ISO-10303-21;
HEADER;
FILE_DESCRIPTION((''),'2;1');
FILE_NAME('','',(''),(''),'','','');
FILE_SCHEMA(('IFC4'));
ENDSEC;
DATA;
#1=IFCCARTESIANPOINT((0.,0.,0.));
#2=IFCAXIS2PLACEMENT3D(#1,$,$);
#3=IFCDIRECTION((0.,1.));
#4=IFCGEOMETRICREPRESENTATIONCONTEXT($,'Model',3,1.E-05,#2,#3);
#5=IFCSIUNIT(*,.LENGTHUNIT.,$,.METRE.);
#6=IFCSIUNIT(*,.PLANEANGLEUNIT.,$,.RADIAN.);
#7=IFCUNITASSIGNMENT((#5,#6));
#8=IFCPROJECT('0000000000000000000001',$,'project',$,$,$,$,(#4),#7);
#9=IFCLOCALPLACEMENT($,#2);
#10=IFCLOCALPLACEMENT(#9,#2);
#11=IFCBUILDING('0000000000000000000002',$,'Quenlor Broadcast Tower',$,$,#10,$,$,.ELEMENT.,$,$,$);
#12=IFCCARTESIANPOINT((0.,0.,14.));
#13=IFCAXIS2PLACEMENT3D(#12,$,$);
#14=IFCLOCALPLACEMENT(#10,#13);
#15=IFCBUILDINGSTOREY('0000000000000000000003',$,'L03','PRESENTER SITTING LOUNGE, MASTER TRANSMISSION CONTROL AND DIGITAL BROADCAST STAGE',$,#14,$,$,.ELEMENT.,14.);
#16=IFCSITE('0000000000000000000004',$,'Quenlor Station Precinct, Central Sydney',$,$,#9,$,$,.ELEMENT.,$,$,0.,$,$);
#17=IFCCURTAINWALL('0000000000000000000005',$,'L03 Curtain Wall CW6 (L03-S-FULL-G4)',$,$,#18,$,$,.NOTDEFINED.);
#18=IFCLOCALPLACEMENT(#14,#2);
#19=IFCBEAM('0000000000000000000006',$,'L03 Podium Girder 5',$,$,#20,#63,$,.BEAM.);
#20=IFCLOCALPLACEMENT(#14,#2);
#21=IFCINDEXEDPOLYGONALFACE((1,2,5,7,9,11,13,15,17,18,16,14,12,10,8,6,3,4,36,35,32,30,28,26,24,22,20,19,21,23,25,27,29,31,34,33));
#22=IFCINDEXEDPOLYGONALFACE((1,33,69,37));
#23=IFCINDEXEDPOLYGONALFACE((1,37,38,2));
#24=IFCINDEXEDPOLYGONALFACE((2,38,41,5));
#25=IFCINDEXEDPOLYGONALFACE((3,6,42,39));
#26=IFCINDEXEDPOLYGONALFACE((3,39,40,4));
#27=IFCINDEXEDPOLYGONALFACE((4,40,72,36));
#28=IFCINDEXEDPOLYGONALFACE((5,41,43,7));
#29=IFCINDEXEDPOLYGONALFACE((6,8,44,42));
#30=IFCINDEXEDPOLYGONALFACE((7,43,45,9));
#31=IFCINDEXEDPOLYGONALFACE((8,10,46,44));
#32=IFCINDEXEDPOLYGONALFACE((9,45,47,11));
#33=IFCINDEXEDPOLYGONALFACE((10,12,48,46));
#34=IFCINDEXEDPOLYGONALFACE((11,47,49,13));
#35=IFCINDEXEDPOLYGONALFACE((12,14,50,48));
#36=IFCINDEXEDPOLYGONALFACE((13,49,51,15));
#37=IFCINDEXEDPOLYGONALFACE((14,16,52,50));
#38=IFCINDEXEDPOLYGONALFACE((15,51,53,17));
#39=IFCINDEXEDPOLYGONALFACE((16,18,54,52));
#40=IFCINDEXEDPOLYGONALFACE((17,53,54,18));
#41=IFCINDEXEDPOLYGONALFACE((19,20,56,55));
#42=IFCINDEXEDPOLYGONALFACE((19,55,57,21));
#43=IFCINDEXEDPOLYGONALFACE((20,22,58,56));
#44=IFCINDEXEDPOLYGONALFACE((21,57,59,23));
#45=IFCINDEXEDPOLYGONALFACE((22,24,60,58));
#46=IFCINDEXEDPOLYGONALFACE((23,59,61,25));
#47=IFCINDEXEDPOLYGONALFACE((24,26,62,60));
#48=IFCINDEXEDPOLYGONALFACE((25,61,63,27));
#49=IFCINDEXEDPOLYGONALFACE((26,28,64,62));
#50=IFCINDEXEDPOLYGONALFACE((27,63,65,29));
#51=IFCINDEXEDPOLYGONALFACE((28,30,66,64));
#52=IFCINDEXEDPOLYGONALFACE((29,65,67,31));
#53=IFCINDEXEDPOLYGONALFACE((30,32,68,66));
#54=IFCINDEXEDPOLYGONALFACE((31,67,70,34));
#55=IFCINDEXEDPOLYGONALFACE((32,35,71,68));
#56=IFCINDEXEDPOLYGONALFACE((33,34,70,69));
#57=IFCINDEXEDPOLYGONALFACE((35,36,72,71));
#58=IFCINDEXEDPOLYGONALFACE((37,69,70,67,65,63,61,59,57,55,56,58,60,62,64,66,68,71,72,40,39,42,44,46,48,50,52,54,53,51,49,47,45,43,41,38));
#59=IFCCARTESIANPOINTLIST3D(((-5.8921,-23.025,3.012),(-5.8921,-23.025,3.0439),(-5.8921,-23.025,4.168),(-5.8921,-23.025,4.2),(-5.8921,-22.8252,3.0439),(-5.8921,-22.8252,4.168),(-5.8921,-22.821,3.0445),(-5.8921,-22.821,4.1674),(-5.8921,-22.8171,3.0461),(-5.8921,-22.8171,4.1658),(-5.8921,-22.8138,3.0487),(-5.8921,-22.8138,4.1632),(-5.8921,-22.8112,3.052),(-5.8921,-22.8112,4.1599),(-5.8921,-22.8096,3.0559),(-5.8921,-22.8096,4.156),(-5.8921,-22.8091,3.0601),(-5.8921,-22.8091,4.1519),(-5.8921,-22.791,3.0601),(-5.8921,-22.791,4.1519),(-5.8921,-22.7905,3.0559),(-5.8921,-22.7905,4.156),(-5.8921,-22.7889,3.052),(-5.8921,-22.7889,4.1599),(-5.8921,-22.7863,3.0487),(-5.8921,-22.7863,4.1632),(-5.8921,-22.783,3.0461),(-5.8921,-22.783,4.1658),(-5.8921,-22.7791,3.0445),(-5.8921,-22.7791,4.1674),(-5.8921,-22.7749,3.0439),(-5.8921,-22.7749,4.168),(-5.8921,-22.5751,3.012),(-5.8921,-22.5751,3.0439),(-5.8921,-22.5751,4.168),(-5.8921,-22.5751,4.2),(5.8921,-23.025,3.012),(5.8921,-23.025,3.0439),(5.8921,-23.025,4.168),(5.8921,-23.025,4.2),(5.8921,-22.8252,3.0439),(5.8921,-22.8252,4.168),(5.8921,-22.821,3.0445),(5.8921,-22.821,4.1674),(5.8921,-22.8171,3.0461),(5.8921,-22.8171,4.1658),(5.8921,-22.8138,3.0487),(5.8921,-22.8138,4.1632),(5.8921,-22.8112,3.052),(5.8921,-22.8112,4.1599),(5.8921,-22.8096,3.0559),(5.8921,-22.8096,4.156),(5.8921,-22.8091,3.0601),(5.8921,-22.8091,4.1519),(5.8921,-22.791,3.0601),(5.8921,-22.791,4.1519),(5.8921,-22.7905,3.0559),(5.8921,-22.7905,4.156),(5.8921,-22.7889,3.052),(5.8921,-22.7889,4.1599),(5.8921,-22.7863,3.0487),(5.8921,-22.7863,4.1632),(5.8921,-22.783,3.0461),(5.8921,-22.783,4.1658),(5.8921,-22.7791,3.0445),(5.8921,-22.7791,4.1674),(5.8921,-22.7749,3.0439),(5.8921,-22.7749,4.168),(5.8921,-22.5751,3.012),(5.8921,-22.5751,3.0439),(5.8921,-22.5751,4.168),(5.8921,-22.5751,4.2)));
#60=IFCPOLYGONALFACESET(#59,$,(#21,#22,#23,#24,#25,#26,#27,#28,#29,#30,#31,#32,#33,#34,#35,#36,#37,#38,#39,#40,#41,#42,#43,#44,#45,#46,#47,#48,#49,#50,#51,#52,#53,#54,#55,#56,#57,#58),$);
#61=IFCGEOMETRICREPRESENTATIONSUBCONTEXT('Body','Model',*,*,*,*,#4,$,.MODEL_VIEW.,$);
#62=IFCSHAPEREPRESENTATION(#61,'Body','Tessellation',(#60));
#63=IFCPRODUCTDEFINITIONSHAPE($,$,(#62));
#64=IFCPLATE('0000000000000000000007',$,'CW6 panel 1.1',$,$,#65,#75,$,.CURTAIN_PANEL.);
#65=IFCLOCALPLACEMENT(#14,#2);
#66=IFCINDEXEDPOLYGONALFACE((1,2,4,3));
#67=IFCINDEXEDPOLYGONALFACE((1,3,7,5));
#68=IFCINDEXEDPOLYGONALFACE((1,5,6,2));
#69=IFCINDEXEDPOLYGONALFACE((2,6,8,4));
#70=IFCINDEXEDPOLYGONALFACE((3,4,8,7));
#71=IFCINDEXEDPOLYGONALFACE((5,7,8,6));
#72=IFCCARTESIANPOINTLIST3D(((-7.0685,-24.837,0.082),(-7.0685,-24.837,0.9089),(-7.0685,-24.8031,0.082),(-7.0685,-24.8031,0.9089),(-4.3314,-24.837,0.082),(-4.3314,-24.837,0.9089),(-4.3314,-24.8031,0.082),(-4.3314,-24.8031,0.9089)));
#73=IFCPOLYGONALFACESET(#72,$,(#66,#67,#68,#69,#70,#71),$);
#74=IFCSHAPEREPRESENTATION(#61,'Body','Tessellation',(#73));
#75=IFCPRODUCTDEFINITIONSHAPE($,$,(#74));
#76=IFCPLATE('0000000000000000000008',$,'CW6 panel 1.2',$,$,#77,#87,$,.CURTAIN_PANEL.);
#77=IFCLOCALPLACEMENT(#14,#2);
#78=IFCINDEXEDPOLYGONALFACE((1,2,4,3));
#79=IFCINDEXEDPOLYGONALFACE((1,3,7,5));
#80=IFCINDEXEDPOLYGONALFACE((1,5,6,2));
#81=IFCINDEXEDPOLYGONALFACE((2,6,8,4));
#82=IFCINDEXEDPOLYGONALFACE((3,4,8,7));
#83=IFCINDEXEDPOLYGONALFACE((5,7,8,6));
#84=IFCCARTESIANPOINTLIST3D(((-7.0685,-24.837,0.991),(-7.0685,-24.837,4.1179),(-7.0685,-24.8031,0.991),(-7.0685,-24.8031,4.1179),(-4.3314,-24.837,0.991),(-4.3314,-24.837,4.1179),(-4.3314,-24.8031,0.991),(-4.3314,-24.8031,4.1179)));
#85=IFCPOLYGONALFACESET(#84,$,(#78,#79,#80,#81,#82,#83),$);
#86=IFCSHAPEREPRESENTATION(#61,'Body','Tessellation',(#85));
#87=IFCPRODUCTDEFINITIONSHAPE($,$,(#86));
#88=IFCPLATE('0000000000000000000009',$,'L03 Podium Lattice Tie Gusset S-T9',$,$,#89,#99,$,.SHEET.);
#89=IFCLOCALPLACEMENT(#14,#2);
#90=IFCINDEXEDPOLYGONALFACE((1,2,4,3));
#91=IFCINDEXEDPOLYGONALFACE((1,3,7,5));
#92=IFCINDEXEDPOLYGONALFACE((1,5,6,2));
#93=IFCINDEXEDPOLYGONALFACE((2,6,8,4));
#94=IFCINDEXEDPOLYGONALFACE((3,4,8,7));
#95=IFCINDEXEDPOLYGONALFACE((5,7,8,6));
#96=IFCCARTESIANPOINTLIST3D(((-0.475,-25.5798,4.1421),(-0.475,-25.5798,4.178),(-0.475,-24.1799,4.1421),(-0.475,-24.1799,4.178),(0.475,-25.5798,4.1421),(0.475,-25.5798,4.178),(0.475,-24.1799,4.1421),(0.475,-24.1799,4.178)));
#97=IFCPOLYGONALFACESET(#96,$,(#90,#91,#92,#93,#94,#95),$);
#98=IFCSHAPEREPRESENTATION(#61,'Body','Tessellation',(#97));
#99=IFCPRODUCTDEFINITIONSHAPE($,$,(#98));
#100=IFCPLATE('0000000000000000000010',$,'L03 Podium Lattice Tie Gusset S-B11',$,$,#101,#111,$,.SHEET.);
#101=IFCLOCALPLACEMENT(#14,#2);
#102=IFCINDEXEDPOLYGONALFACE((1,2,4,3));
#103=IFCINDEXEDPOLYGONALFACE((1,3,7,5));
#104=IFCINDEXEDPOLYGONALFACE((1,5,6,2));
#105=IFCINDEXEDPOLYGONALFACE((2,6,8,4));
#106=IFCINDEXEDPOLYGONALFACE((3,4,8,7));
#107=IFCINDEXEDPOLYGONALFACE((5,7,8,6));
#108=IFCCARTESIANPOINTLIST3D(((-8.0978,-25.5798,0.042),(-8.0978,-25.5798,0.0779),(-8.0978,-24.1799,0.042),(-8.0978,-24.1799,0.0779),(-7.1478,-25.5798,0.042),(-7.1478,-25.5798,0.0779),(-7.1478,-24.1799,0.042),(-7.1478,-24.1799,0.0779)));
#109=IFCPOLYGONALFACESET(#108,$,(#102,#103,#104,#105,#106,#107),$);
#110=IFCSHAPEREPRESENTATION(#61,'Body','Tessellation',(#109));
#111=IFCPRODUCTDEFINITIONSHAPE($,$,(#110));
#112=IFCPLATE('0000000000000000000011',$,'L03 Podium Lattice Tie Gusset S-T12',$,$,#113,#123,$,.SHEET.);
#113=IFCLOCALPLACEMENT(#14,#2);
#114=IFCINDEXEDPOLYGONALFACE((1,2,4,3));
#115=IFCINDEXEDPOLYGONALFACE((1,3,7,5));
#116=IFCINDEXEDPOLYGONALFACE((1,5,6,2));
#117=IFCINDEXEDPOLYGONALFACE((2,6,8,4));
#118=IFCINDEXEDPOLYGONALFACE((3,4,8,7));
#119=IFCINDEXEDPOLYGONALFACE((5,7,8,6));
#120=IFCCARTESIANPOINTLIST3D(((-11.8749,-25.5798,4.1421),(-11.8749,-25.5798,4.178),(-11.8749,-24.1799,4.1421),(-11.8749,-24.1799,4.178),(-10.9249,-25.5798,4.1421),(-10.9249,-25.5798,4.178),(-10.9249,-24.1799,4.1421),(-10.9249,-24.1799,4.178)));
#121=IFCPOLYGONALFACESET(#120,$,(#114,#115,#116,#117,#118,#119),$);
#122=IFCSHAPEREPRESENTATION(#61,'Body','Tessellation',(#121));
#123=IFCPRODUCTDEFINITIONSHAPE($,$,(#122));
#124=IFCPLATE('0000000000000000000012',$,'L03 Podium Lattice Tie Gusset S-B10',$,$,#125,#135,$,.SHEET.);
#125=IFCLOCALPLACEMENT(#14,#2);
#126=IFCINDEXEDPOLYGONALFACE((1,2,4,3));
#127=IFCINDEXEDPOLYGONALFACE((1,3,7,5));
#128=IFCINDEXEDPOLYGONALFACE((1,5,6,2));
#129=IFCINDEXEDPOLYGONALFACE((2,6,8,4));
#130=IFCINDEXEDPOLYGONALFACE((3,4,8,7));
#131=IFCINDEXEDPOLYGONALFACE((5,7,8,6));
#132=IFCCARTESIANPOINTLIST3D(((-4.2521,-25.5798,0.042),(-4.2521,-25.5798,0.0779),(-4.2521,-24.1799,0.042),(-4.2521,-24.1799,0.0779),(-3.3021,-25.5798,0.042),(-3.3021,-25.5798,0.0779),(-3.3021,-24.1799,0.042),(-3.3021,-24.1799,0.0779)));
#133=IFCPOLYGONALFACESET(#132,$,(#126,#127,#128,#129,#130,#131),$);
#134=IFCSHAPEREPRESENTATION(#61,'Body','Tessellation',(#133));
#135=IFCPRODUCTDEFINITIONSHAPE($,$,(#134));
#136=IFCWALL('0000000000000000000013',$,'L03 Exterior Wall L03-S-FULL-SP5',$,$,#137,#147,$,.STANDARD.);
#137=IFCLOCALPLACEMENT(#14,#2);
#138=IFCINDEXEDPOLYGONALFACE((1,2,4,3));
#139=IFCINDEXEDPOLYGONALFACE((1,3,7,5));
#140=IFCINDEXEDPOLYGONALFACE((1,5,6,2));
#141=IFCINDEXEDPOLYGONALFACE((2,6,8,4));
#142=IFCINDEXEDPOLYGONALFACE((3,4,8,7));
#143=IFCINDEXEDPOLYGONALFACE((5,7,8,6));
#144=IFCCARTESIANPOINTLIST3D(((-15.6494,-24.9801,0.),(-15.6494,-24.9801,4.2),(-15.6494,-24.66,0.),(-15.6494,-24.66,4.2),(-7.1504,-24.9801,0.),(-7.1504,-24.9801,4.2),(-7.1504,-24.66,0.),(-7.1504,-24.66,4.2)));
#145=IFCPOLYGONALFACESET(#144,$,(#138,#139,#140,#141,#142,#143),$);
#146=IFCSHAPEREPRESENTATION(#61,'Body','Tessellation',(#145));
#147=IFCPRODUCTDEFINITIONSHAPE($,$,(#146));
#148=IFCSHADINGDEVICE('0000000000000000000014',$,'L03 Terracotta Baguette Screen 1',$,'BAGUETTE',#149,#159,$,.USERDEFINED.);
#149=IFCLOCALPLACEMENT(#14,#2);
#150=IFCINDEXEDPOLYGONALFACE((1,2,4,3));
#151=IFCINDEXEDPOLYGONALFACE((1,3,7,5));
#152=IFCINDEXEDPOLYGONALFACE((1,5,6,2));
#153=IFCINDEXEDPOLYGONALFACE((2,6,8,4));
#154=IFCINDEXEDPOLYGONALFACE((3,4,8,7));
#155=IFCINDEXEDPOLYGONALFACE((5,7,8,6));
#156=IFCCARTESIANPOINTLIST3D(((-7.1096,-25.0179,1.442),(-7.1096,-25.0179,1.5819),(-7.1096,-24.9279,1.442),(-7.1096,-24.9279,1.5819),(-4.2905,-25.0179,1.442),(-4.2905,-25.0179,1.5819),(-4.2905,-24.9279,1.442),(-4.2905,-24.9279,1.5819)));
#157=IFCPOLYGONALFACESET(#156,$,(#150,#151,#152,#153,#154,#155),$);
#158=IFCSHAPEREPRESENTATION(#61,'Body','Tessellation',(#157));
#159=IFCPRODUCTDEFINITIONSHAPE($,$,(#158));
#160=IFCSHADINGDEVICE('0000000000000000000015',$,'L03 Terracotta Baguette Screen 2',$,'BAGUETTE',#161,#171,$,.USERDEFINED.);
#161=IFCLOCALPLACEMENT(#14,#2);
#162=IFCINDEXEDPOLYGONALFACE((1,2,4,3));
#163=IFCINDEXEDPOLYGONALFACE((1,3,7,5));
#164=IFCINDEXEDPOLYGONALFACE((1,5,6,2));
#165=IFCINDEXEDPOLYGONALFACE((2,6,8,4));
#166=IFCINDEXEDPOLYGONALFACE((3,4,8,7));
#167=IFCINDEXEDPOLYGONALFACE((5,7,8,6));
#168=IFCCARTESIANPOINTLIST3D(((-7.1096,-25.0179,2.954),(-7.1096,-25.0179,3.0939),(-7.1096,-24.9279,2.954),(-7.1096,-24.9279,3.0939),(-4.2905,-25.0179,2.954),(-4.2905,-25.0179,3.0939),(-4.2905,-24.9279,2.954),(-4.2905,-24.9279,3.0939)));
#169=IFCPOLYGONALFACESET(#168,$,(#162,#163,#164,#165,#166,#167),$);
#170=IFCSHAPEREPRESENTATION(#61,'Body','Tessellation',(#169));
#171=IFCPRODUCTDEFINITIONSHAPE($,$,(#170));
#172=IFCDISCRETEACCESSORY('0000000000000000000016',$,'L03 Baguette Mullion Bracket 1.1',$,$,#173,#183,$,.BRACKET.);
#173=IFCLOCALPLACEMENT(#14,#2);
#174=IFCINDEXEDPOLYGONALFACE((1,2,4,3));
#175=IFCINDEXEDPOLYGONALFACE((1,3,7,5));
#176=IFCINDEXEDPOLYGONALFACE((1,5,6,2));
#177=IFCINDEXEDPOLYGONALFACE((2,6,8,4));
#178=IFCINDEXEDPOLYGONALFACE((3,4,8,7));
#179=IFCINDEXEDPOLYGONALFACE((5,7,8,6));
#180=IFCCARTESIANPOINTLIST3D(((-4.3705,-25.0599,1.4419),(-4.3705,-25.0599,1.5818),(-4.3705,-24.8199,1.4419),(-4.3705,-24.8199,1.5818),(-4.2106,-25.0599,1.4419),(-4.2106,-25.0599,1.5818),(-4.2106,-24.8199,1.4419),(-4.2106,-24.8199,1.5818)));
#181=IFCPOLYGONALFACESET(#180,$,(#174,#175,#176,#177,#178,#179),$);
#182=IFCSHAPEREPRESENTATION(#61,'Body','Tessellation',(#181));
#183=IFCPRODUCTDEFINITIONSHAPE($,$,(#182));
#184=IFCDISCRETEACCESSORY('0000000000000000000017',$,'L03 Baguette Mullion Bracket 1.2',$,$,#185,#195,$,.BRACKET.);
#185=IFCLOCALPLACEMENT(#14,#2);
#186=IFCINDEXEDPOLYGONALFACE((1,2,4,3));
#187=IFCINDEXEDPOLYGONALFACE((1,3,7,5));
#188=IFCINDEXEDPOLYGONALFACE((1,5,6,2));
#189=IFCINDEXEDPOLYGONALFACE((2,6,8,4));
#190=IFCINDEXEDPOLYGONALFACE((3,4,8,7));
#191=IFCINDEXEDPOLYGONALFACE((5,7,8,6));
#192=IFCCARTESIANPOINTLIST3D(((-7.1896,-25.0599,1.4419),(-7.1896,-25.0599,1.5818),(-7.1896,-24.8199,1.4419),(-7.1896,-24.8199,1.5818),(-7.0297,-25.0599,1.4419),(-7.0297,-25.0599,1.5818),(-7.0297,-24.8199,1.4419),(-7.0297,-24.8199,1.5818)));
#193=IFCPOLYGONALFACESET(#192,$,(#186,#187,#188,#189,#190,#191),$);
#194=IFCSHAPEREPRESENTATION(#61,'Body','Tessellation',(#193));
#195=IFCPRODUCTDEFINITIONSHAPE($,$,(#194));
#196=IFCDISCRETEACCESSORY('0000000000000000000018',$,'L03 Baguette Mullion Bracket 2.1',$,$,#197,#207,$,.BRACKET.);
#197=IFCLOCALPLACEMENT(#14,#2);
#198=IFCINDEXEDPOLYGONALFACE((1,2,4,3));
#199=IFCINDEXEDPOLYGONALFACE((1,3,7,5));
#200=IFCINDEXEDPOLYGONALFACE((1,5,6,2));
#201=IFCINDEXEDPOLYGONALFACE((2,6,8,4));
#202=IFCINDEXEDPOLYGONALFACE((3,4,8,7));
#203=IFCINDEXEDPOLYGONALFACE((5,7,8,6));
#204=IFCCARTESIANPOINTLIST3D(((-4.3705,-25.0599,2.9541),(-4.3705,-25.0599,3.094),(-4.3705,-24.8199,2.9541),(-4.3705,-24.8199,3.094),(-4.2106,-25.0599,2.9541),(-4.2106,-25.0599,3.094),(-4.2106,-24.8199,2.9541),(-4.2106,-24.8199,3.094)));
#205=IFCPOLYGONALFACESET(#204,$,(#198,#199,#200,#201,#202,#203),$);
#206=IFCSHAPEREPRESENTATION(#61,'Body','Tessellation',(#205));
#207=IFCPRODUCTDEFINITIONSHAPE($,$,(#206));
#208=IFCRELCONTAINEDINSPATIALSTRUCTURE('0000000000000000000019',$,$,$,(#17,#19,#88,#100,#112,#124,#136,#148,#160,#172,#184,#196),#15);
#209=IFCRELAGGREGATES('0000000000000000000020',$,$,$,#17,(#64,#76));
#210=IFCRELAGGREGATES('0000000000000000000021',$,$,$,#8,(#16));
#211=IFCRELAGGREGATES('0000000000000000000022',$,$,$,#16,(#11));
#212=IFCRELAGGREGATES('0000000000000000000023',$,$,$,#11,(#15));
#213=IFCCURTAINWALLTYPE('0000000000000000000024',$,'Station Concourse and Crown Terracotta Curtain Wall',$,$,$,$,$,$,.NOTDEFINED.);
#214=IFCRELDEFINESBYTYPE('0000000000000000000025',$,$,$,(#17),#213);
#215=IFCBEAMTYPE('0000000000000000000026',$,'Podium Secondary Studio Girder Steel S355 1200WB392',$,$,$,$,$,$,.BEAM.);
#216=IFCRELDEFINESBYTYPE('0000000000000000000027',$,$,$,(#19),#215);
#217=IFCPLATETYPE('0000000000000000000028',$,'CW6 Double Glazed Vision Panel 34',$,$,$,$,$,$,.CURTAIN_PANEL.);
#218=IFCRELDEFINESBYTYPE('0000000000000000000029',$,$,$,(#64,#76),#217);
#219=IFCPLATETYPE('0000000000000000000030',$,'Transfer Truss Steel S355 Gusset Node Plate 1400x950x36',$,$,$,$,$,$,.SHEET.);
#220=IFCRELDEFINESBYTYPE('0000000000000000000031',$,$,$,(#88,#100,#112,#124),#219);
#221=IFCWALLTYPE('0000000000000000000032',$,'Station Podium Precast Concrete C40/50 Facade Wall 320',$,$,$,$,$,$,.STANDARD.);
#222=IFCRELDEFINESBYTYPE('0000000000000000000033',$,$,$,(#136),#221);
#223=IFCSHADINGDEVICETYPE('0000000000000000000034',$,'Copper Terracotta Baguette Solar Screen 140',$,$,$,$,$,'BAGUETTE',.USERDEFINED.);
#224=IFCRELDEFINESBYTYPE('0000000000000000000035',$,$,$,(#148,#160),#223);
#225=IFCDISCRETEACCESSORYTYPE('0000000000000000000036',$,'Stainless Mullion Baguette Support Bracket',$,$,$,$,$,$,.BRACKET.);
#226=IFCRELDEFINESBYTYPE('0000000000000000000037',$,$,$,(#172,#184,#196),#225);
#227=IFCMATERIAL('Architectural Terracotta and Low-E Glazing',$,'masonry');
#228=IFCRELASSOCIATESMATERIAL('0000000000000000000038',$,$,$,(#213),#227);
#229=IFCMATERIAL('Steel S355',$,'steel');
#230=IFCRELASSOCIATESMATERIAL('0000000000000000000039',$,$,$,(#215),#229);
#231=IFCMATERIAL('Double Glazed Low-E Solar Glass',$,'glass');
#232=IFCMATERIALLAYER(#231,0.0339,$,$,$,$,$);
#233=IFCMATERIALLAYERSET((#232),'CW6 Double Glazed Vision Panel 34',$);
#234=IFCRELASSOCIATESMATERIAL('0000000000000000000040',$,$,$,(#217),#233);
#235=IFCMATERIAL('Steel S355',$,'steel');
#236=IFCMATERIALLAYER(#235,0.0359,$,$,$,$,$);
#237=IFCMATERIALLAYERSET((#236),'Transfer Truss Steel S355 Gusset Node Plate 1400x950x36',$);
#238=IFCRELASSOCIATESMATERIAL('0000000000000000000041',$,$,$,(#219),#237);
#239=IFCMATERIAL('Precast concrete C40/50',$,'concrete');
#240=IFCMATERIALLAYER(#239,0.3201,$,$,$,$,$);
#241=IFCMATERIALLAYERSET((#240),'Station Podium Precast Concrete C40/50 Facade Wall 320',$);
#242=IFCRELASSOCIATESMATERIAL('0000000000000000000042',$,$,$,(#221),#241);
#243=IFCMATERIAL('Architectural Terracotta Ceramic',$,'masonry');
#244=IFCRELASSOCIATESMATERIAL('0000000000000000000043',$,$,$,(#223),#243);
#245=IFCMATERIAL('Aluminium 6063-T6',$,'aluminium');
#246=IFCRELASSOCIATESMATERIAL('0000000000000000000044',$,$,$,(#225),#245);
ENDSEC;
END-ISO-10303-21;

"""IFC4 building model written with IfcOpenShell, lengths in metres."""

from ifc_helpers import new_model, si_unit, direction, frame, frame_2d, origin, origin_2d, place, context, subcontext, project, spatial, rectangle, i_section, extrude, material, layer, layer_set, material_profile, profile_set, type_object, element, aggregate, save


model = new_model("IFC4")

# Units and contexts
model_context = context("Model", 3, precision=1e-05, world=origin(), true_north=direction((0.0, 1.0)))
body_context = subcontext(model_context, "Body", "Model", "MODEL_VIEW")
ifc_project = project(units=[si_unit("LENGTHUNIT", "METRE"), si_unit("PLANEANGLEUNIT", "RADIAN")], contexts=[model_context])

# Site, building, storey
site_placement = place(None, origin())
site = spatial("IfcSite", under=ifc_project, at=site_placement, Name="Quenlor Station Precinct, Central Sydney", CompositionType="ELEMENT", RefElevation=0.0)
building_placement = place(site_placement, origin())
building = spatial("IfcBuilding", under=site, at=building_placement, Name="Quenlor Broadcast Tower", CompositionType="ELEMENT")
storey_placement = place(building_placement, frame((0.0, 0.0, 14.0)))
storey = spatial("IfcBuildingStorey", under=building, at=storey_placement, Name="L03", Description="PRESENTER SITTING LOUNGE, MASTER TRANSMISSION CONTROL AND DIGITAL BROADCAST STAGE", CompositionType="ELEMENT", Elevation=14.0)

# Curtain wall
ifc_material_1 = material(Name="Architectural Terracotta and Low-E Glazing", Category="masonry")
curtain_wall_type = type_object("IfcCurtainWallType", Name="Station Concourse and Crown Terracotta Curtain Wall", PredefinedType="NOTDEFINED", material=ifc_material_1)
curtain_wall_placement = place(storey_placement, origin())
curtain_wall = element("IfcCurtainWall", 1, at=curtain_wall_placement, inside=storey, type_object=curtain_wall_type, Name="L03 Curtain Wall CW6 (L03-S-FULL-G4)", PredefinedType="NOTDEFINED")

# Beam
ifc_material_2 = material(Name="Steel S355", Category="steel")
ifc_material_profile_1 = material_profile(ifc_material_2, i_section(OverallWidth=0.45, OverallDepth=1.188, WebThickness=0.0181, FlangeThickness=0.032, FilletRadius=0.0161, at=origin_2d()))
ifc_profile_set_1 = profile_set([ifc_material_profile_1], Name="Steel S355 1200WB392")
beam_type = type_object("IfcBeamType", Name="Podium Secondary Studio Girder Steel S355 1200WB392", PredefinedType="BEAM", material=ifc_profile_set_1)
beam_placement = place(storey_placement, frame((-5.8921, -22.8, 3.606), z_axis=(1.0, 0.0, 0.0), x_axis=(0.0, 1.0, 0.0)))
element("IfcBeam", 2, at=beam_placement, inside=storey, type_object=beam_type, Name="L03 Podium Girder 5", PredefinedType="BEAM", context=body_context, shape_type="SweptSolid", body=[
    extrude(i_section(OverallWidth=0.45, OverallDepth=1.188, WebThickness=0.0181, FlangeThickness=0.032, FilletRadius=0.0161, at=origin_2d()), origin(), (0.0, 0.0, 1.0), 11.7842),
])

# Plates
ifc_material_3 = material(Name="Double Glazed Low-E Solar Glass", Category="glass")
ifc_layer_1 = layer(ifc_material_3, 0.0339)
ifc_layer_set_1 = layer_set([ifc_layer_1], Name="CW6 Double Glazed Vision Panel 34")
plate_type_1 = type_object("IfcPlateType", Name="CW6 Double Glazed Vision Panel 34", PredefinedType="CURTAIN_PANEL", material=ifc_layer_set_1)
plate_1_placement = place(storey_placement, frame((-5.7, -24.8201, 0.082), z_axis=(0.0, 0.0, 1.0), x_axis=(-1.0, 0.0, 0.0)))
plate_1 = element("IfcPlate", 3, at=plate_1_placement, type_object=plate_type_1, Name="CW6 panel 1.1", PredefinedType="CURTAIN_PANEL", context=body_context, shape_type="SweptSolid", body=[
    extrude(rectangle(XDim=2.7371, YDim=0.0339, at=origin_2d()), origin(), (0.0, 0.0, 1.0), 0.8269),
])
plate_2_placement = place(storey_placement, frame((-5.7, -24.8201, 0.991), z_axis=(0.0, 0.0, 1.0), x_axis=(-1.0, 0.0, 0.0)))
plate_2 = element("IfcPlate", 4, at=plate_2_placement, type_object=plate_type_1, Name="CW6 panel 1.2", PredefinedType="CURTAIN_PANEL", context=body_context, shape_type="SweptSolid", body=[
    extrude(rectangle(XDim=2.7371, YDim=0.0339, at=origin_2d()), origin(), (0.0, 0.0, 1.0), 3.127),
])
aggregate(curtain_wall, [plate_1, plate_2])

# Plates
ifc_material_4 = material(Name="Steel S355", Category="steel")
ifc_layer_2 = layer(ifc_material_4, 0.0359)
ifc_layer_set_2 = layer_set([ifc_layer_2], Name="Transfer Truss Steel S355 Gusset Node Plate 1400x950x36")
plate_type_2 = type_object("IfcPlateType", Name="Transfer Truss Steel S355 Gusset Node Plate 1400x950x36", PredefinedType="SHEET", material=ifc_layer_set_2)
for number, where, z_axis, x_axis, name in (
    (5, (0.0, -24.8799, 4.1421), (0.0, 0.0, 1.0), (0.0, -1.0, 0.0), "L03 Podium Lattice Tie Gusset S-T9"),
    (6, (-7.6228, -24.8799, 0.042), (0.0, 0.0, 1.0), (0.0, -1.0, 0.0), "L03 Podium Lattice Tie Gusset S-B11"),
    (7, (-11.3999, -24.8799, 4.1421), (0.0, 0.0, 1.0), (0.0, -1.0, 0.0), "L03 Podium Lattice Tie Gusset S-T12"),
    (8, (-3.7771, -24.8799, 0.042), (0.0, 0.0, 1.0), (0.0, -1.0, 0.0), "L03 Podium Lattice Tie Gusset S-B10"),
):
    element("IfcPlate", number, at=place(storey_placement, frame(where, z_axis=z_axis, x_axis=x_axis)), inside=storey, type_object=plate_type_2, Name=name, PredefinedType="SHEET", context=body_context, shape_type="SweptSolid", body=[
        extrude(rectangle(XDim=1.3999, YDim=0.95, at=origin_2d()), origin(), (0.0, 0.0, 1.0), 0.0359),
    ])

# Wall
ifc_material_5 = material(Name="Precast concrete C40/50", Category="concrete")
ifc_layer_3 = layer(ifc_material_5, 0.3201)
ifc_layer_set_3 = layer_set([ifc_layer_3], Name="Station Podium Precast Concrete C40/50 Facade Wall 320")
wall_type = type_object("IfcWallType", Name="Station Podium Precast Concrete C40/50 Facade Wall 320", PredefinedType="STANDARD", material=ifc_layer_set_3)
wall_placement = place(storey_placement, frame((-7.1504, -24.8201, 0.0), z_axis=(0.0, 0.0, 1.0), x_axis=(-1.0, 0.0, 0.0)))
element("IfcWall", 9, at=wall_placement, inside=storey, type_object=wall_type, Name="L03 Exterior Wall L03-S-FULL-SP5", PredefinedType="STANDARD", context=body_context, shape_type="SweptSolid", body=[
    extrude(rectangle(XDim=8.499, YDim=0.3201, at=frame_2d((4.2495, 0.0))), origin(), (0.0, 0.0, 1.0), 4.2),
])

# Shading devices
ifc_material_6 = material(Name="Architectural Terracotta Ceramic", Category="masonry")
ifc_material_profile_2 = material_profile(ifc_material_6, rectangle(XDim=0.0901, YDim=0.1399, at=origin_2d()))
ifc_profile_set_2 = profile_set([ifc_material_profile_2], Name="Architectural Terracotta Ceramic BAG90x140")
shading_device_type = type_object("IfcShadingDeviceType", Name="Copper Terracotta Baguette Solar Screen 140", ElementType="BAGUETTE", PredefinedType="USERDEFINED", material=ifc_profile_set_2)
for number, where, z_axis, x_axis, name in (
    (10, (-4.2905, -24.9729, 1.512), (-1.0, 0.0, 0.0), (0.0, -1.0, 0.0), "L03 Terracotta Baguette Screen 1"),
    (11, (-4.2905, -24.9729, 3.0239), (-1.0, 0.0, 0.0), (0.0, -1.0, 0.0), "L03 Terracotta Baguette Screen 2"),
):
    element("IfcShadingDevice", number, at=place(storey_placement, frame(where, z_axis=z_axis, x_axis=x_axis)), inside=storey, type_object=shading_device_type, Name=name, ObjectType="BAGUETTE", PredefinedType="USERDEFINED", context=body_context, shape_type="SweptSolid", body=[
        extrude(rectangle(XDim=0.0901, YDim=0.1399, at=origin_2d()), origin(), (0.0, 0.0, 1.0), 2.8191),
    ])

# Discrete accessories
ifc_material_7 = material(Name="Aluminium 6063-T6", Category="aluminium")
discrete_accessory_type = type_object("IfcDiscreteAccessoryType", Name="Stainless Mullion Baguette Support Bracket", PredefinedType="BRACKET", material=ifc_material_7)
for number, where, z_axis, x_axis, name in (
    (12, (-4.2905, -24.9399, 1.4419), (0.0, 0.0, 1.0), (-1.0, 0.0, 0.0), "L03 Baguette Mullion Bracket 1.1"),
    (13, (-7.1096, -24.9399, 1.4419), (0.0, 0.0, 1.0), (-1.0, 0.0, 0.0), "L03 Baguette Mullion Bracket 1.2"),
    (14, (-4.2905, -24.9399, 2.9541), (0.0, 0.0, 1.0), (-1.0, 0.0, 0.0), "L03 Baguette Mullion Bracket 2.1"),
):
    element("IfcDiscreteAccessory", number, at=place(storey_placement, frame(where, z_axis=z_axis, x_axis=x_axis)), inside=storey, type_object=discrete_accessory_type, Name=name, PredefinedType="BRACKET", context=body_context, shape_type="SweptSolid", body=[
        extrude(rectangle(XDim=0.1599, YDim=0.24, at=origin_2d()), origin(), (0.0, 0.0, 1.0), 0.1399),
    ])

save(model, "model.ifc")
